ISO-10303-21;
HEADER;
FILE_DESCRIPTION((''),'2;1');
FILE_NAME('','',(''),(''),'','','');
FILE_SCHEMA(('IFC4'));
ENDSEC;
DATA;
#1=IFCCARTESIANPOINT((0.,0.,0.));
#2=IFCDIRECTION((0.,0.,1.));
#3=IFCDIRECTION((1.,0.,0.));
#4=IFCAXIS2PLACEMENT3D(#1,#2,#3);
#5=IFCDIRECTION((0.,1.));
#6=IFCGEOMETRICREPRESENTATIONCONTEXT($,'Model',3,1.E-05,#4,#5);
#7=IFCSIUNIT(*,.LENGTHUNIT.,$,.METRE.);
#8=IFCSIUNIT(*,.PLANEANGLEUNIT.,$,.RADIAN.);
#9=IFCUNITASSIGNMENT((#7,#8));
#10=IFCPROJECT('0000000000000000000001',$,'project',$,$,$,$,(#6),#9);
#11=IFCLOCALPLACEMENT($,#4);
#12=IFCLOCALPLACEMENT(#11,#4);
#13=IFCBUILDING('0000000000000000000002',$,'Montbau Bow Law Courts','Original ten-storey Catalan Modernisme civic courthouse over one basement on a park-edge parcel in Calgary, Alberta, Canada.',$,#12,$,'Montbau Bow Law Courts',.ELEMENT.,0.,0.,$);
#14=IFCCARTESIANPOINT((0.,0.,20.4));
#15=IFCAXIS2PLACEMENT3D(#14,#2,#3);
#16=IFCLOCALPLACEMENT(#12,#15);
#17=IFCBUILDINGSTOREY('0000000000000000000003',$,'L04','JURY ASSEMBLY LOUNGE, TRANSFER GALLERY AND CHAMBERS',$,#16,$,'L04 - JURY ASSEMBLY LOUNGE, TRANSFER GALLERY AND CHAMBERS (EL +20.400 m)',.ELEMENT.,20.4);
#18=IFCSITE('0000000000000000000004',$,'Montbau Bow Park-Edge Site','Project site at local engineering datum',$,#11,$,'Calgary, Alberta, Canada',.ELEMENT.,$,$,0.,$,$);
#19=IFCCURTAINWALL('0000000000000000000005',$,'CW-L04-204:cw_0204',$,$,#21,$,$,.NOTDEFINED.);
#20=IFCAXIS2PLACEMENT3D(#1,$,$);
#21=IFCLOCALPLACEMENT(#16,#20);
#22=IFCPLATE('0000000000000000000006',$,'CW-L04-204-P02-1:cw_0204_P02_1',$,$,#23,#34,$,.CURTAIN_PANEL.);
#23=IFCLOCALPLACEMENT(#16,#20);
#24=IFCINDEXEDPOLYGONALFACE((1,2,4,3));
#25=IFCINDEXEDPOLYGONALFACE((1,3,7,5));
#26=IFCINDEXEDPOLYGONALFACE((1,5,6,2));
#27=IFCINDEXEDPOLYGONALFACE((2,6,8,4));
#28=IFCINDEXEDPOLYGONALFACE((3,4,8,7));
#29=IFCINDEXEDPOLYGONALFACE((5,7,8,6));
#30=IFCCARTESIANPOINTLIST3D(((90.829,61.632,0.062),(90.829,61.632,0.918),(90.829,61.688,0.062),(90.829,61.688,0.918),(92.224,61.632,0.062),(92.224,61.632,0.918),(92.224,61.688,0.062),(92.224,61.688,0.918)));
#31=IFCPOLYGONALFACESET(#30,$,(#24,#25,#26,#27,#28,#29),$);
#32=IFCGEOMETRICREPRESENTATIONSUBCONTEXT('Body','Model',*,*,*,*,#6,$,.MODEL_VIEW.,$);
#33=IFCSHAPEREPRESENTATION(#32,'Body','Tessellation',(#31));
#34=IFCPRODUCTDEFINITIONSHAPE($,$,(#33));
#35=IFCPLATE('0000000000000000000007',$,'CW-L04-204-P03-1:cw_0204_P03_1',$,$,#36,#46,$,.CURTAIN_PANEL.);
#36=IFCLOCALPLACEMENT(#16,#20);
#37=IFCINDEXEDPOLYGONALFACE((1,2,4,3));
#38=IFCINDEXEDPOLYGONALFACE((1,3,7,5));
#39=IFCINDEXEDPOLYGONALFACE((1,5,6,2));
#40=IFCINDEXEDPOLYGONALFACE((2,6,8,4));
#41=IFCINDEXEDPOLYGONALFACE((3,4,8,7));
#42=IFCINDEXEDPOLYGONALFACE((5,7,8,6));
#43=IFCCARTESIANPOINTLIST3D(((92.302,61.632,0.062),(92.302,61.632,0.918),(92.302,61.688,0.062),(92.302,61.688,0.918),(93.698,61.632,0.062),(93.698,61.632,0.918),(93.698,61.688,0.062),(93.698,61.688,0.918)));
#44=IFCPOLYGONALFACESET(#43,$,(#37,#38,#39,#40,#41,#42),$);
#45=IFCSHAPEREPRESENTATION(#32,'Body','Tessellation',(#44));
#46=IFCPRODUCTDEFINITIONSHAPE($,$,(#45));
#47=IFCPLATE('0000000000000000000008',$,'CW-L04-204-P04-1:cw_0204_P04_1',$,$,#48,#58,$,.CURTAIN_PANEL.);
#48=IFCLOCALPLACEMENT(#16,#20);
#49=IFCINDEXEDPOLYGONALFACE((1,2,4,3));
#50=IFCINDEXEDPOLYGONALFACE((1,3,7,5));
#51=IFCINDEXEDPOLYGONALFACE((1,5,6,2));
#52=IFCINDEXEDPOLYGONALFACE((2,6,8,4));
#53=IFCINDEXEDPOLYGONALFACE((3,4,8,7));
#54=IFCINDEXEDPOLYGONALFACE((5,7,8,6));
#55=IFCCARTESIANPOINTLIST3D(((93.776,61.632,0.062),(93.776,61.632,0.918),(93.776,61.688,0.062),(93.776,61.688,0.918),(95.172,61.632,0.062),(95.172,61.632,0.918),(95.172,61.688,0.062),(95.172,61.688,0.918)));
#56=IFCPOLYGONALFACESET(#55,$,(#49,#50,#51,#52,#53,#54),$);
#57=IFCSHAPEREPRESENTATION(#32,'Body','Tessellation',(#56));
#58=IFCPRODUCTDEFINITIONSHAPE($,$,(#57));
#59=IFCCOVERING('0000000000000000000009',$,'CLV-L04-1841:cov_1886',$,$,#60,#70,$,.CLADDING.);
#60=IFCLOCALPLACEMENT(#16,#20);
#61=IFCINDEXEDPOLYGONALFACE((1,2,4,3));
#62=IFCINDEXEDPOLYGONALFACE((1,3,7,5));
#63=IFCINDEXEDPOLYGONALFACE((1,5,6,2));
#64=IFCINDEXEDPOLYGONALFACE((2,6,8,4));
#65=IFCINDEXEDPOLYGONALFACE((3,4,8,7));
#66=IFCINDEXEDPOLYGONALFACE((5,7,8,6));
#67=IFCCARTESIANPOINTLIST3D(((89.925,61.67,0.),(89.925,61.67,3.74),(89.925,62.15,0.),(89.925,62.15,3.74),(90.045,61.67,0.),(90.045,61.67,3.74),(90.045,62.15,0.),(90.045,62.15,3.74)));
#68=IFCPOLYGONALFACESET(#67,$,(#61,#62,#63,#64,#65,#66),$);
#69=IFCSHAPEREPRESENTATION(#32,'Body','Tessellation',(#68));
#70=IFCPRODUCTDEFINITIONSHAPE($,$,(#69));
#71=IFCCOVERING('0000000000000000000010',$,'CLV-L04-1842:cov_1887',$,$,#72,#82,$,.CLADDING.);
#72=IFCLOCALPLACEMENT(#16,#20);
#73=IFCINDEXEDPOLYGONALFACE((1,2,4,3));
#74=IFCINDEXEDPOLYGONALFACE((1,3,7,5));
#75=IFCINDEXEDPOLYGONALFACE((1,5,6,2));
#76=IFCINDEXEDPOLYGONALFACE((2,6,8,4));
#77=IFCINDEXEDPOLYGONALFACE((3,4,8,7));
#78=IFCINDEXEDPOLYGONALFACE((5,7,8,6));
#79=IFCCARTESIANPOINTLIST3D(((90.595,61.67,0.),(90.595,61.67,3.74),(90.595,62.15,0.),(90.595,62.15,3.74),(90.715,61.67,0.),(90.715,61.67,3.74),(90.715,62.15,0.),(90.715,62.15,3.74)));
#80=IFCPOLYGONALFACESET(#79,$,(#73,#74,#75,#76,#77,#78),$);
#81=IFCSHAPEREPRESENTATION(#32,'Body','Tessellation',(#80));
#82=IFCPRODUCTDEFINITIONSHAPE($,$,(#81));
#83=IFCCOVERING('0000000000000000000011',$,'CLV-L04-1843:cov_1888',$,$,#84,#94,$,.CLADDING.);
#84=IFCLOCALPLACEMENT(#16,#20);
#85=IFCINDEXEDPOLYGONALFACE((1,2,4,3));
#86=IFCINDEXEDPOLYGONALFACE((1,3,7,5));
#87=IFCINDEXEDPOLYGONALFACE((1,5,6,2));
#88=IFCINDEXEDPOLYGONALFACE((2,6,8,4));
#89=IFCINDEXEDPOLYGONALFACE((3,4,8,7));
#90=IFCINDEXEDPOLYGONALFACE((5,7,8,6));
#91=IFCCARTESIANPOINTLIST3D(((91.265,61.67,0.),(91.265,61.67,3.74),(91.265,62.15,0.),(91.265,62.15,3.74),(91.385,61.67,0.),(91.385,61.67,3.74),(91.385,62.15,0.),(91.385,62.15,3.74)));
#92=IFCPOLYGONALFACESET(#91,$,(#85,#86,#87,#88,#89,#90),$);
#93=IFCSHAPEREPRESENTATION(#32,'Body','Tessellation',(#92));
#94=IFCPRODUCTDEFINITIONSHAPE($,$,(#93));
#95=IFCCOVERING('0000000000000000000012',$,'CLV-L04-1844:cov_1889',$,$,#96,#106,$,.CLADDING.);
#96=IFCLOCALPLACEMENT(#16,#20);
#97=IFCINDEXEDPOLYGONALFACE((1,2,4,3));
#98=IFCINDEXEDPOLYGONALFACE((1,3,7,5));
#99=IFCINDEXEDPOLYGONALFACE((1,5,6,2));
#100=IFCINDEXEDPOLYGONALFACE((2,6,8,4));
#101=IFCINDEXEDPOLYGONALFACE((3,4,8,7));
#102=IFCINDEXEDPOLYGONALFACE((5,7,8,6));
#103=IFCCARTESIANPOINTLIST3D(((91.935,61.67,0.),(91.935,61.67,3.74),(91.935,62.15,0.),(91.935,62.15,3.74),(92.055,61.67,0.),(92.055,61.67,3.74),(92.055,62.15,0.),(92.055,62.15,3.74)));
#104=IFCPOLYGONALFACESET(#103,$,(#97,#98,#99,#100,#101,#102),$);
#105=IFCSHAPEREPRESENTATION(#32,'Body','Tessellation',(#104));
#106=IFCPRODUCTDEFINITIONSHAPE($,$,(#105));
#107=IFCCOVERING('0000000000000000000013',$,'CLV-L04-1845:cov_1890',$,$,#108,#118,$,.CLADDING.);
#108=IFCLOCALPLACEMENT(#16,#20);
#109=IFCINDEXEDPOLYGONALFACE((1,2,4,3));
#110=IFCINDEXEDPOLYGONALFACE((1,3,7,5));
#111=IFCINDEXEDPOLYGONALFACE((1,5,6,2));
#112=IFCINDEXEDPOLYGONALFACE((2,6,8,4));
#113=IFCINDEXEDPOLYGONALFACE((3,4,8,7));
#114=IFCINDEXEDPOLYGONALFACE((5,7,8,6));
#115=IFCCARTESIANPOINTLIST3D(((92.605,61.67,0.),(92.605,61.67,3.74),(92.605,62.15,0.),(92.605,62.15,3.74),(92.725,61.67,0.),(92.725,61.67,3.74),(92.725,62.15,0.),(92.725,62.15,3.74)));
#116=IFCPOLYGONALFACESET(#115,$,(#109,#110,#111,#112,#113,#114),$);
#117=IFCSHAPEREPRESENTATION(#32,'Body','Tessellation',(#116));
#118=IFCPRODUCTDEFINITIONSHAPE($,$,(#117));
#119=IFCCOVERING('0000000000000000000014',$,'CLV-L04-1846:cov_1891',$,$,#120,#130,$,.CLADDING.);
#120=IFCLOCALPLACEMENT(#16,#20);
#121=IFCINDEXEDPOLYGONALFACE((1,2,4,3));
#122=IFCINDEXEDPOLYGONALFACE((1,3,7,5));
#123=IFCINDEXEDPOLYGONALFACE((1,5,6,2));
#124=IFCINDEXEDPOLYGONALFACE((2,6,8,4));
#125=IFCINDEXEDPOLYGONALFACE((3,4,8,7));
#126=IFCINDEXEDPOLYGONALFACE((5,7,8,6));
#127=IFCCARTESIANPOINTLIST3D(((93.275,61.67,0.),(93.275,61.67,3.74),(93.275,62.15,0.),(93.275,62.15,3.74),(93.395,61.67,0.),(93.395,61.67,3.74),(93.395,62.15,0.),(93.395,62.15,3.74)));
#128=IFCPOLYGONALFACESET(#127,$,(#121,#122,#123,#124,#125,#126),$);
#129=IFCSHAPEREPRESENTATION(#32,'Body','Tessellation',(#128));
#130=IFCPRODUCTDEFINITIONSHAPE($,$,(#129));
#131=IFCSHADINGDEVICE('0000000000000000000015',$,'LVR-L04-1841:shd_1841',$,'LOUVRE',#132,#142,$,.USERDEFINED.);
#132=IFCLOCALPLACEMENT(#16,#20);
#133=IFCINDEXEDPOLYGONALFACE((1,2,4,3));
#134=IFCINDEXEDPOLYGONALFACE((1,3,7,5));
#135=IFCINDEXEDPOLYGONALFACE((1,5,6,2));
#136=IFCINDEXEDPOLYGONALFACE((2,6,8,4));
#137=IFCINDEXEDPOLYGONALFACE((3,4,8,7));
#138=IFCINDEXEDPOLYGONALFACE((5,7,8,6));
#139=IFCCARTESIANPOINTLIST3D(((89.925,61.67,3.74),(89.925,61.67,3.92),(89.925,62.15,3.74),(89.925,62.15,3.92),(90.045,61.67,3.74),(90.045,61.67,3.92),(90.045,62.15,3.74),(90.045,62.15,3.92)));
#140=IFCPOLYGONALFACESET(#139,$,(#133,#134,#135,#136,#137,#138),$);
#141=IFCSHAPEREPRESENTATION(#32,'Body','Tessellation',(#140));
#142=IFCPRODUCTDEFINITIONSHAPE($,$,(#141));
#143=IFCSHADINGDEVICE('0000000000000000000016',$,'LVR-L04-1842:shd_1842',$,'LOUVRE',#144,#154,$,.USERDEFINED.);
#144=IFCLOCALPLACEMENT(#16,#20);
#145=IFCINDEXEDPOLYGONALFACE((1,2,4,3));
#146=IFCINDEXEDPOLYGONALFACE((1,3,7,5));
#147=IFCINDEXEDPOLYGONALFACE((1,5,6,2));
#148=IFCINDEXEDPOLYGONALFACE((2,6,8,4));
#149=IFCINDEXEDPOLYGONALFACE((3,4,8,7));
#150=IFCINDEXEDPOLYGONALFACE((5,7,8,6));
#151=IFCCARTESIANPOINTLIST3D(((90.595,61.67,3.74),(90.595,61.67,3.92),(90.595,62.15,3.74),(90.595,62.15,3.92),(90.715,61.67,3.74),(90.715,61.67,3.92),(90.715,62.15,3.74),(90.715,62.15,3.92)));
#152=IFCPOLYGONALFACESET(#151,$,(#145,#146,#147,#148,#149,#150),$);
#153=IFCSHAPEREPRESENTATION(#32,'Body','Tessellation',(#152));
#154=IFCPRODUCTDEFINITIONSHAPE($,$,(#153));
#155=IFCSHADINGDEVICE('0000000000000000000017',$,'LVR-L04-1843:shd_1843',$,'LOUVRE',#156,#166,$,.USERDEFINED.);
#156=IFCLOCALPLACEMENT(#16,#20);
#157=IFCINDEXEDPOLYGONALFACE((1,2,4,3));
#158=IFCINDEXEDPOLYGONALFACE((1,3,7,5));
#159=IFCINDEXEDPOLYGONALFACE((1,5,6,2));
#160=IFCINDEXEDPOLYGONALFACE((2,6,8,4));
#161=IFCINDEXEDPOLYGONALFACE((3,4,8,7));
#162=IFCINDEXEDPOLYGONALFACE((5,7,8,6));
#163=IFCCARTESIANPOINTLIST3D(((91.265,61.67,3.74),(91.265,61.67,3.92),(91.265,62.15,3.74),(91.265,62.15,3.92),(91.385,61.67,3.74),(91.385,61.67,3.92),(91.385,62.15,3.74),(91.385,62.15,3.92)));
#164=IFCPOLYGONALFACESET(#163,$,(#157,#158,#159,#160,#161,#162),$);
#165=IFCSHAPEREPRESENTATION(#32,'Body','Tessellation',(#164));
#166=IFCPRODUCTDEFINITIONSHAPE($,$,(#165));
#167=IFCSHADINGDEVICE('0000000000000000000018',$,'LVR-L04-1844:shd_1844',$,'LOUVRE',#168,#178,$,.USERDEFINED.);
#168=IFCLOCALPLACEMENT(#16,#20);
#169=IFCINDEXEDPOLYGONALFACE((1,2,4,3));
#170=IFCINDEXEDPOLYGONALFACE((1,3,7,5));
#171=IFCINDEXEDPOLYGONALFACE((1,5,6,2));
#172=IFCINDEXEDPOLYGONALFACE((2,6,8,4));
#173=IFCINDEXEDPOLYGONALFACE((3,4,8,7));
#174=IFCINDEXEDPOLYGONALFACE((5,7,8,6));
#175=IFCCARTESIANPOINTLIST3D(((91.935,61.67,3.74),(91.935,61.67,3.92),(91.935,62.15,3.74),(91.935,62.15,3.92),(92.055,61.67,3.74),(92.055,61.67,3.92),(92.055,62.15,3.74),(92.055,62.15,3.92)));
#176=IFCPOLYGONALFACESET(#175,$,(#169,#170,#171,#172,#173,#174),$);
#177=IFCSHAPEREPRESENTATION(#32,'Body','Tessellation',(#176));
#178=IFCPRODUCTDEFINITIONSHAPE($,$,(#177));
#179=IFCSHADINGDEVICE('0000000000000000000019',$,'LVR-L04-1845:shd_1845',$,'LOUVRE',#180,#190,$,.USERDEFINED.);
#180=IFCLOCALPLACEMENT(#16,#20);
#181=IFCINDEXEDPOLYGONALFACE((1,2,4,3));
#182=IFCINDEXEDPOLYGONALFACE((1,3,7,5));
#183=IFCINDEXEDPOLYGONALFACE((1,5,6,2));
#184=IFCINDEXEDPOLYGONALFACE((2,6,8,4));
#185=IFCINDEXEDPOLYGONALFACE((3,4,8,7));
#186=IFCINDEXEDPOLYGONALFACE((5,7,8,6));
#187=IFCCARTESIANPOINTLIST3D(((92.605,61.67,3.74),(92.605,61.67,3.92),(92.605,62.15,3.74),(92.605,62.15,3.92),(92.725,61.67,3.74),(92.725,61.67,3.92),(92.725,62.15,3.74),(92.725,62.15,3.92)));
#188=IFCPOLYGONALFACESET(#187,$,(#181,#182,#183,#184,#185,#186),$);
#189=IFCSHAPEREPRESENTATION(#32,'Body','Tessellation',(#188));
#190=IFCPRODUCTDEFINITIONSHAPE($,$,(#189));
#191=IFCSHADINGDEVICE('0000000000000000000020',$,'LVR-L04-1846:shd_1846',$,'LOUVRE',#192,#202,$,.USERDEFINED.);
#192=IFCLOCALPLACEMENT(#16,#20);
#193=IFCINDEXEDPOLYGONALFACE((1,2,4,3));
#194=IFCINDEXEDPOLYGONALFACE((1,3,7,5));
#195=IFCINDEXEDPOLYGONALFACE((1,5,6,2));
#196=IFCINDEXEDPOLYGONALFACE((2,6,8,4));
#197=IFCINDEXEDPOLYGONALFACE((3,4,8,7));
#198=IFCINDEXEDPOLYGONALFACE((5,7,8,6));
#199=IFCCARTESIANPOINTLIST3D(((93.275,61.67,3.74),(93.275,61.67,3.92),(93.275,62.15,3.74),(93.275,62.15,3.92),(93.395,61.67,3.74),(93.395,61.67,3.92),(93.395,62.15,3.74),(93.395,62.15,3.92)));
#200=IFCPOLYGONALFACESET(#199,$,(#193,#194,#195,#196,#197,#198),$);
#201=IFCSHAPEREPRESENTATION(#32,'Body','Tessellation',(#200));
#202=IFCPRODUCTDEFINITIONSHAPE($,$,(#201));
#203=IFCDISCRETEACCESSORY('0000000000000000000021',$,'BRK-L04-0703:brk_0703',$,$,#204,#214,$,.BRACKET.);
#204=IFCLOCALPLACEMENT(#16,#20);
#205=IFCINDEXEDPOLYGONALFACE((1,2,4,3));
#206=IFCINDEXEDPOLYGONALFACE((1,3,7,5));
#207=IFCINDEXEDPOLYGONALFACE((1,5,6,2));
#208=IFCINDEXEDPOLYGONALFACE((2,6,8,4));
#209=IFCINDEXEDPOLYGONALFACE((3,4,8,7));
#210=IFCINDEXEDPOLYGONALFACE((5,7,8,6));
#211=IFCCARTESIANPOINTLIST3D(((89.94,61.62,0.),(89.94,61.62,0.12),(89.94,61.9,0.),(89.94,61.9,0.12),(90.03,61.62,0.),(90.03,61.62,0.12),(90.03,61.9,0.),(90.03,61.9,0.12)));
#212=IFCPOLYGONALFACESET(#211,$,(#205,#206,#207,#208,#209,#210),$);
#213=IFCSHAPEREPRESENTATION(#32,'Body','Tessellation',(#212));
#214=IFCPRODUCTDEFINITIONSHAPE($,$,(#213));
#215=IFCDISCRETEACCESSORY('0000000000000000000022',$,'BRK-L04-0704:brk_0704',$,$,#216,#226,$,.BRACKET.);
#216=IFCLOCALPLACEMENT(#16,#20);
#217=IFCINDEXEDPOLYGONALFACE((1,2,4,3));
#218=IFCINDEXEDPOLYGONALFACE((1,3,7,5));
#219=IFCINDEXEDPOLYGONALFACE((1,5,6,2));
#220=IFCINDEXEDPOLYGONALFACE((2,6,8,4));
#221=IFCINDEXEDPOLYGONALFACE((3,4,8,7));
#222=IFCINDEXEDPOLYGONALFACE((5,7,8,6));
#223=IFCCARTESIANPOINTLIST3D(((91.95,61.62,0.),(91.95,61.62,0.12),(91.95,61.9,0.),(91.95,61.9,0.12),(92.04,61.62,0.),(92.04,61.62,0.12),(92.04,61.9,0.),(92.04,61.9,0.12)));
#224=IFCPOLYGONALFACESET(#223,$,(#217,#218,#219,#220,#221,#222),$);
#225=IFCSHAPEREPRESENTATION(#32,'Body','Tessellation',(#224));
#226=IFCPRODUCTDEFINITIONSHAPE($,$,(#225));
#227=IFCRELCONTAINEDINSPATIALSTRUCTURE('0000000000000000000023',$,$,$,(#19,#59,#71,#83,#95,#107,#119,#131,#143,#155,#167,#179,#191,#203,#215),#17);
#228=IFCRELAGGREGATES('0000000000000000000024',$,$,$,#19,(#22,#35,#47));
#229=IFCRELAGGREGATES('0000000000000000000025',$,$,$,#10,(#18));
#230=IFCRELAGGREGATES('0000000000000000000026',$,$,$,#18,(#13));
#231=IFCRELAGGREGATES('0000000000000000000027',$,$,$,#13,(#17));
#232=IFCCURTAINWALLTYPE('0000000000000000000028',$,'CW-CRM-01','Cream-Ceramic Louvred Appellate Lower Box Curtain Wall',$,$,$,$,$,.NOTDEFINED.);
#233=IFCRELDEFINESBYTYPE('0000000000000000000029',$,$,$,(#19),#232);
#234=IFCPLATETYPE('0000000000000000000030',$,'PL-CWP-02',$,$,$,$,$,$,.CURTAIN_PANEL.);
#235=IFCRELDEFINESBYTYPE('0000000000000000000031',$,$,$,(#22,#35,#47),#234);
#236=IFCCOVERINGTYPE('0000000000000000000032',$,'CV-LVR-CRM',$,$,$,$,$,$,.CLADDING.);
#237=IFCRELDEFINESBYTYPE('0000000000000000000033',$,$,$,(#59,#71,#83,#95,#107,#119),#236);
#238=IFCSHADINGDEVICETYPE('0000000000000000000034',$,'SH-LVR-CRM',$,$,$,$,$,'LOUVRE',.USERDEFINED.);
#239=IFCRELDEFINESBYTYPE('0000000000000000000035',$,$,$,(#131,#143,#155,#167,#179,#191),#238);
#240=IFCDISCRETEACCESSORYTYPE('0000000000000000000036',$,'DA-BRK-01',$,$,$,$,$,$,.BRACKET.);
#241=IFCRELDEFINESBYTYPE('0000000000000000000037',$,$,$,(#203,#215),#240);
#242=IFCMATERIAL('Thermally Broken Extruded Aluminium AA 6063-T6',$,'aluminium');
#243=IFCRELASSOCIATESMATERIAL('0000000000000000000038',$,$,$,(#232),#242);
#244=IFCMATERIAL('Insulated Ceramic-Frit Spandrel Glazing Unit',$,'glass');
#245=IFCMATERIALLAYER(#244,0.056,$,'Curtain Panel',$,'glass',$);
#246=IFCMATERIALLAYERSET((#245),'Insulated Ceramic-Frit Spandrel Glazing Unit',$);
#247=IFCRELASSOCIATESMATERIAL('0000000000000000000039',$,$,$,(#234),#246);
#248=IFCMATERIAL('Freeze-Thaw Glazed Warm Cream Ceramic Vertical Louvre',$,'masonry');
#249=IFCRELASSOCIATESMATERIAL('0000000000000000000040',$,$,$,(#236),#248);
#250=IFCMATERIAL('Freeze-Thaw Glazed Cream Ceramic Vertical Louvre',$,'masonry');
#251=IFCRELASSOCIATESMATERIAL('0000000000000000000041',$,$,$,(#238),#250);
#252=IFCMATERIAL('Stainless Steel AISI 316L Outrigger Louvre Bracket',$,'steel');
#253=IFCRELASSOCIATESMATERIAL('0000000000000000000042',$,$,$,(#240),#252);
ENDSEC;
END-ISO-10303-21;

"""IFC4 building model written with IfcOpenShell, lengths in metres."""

from ifc_helpers import new_model, si_unit, direction, frame, frame_2d, origin_with_axes, origin_2d_with_axis, place, context, subcontext, project, spatial, rectangle, extrude, material, layer, layer_set, type_object, element, aggregate, save


model = new_model("IFC4")

# Units and contexts
model_context = context("Model", 3, precision=1e-05, world=origin_with_axes(), true_north=direction((0.0, 1.0)))
body_context = subcontext(model_context, "Body", "Model", "MODEL_VIEW")
ifc_project = project(units=[si_unit("LENGTHUNIT", "METRE"), si_unit("PLANEANGLEUNIT", "RADIAN")], contexts=[model_context])

# Site, building, storey
site_placement = place(None, origin_with_axes())
site = spatial("IfcSite", under=ifc_project, at=site_placement, Name="Montbau Bow Park-Edge Site", Description="Project site at local engineering datum", LongName="Calgary, Alberta, Canada", CompositionType="ELEMENT", RefElevation=0.0)
building_placement = place(site_placement, origin_with_axes())
building = spatial("IfcBuilding", under=site, at=building_placement, Name="Montbau Bow Law Courts", Description="Original ten-storey Catalan Modernisme civic courthouse over one basement on a park-edge parcel in Calgary, Alberta, Canada.", LongName="Montbau Bow Law Courts", CompositionType="ELEMENT", ElevationOfRefHeight=0.0, ElevationOfTerrain=0.0)
storey_placement = place(building_placement, frame((0.0, 0.0, 20.4), z_axis=(0.0, 0.0, 1.0), x_axis=(1.0, 0.0, 0.0)))
storey = spatial("IfcBuildingStorey", under=building, at=storey_placement, Name="L04", Description="JURY ASSEMBLY LOUNGE, TRANSFER GALLERY AND CHAMBERS", LongName="L04 - JURY ASSEMBLY LOUNGE, TRANSFER GALLERY AND CHAMBERS (EL +20.400 m)", CompositionType="ELEMENT", Elevation=20.4)

# Curtain wall, plates
ifc_material_1 = material(Name="Thermally Broken Extruded Aluminium AA 6063-T6", Category="aluminium")
curtain_wall_type = type_object("IfcCurtainWallType", Name="CW-CRM-01", Description="Cream-Ceramic Louvred Appellate Lower Box Curtain Wall", PredefinedType="NOTDEFINED", material=ifc_material_1)
curtain_wall_placement = place(None, frame((89.315, 61.66, 20.4), z_axis=(0.0, 0.0, 1.0), x_axis=(1.0, 0.0, 0.0)))
curtain_wall = element("IfcCurtainWall", 1, at=curtain_wall_placement, inside=storey, type_object=curtain_wall_type, Name="CW-L04-204:cw_0204", PredefinedType="NOTDEFINED")
ifc_material_2 = material(Name="Insulated Ceramic-Frit Spandrel Glazing Unit", Category="glass")
ifc_layer_1 = layer(ifc_material_2, 0.056, Name="Curtain Panel", Category="glass")
ifc_layer_set_1 = layer_set([ifc_layer_1], Name="Insulated Ceramic-Frit Spandrel Glazing Unit")
plate_type_1 = type_object("IfcPlateType", Name="PL-CWP-02", PredefinedType="CURTAIN_PANEL", material=ifc_layer_set_1)
plate_1_placement = place(None, frame((90.829, 61.66, 20.462), z_axis=(0.0, -1.0, 0.0), x_axis=(1.0, 0.0, 0.0)))
plate_1 = element("IfcPlate", 2, at=plate_1_placement, type_object=plate_type_1, Name="CW-L04-204-P02-1:cw_0204_P02_1", PredefinedType="CURTAIN_PANEL", context=body_context, shape_type="SweptSolid", body=[
    extrude(rectangle(XDim=1.395, YDim=0.856, at=frame_2d((0.6975, 0.428), x_axis=(1.0, 0.0))), frame((0.0, 0.0, -0.028), z_axis=(0.0, 0.0, 1.0), x_axis=(1.0, 0.0, 0.0)), (0.0, 0.0, 1.0), 0.056),
])
plate_2_placement = place(None, frame((92.302, 61.66, 20.462), z_axis=(0.0, -1.0, 0.0), x_axis=(1.0, 0.0, 0.0)))
plate_2 = element("IfcPlate", 3, at=plate_2_placement, type_object=plate_type_1, Name="CW-L04-204-P03-1:cw_0204_P03_1", PredefinedType="CURTAIN_PANEL", context=body_context, shape_type="SweptSolid", body=[
    extrude(rectangle(XDim=1.396, YDim=0.856, at=frame_2d((0.698, 0.428), x_axis=(1.0, 0.0))), frame((0.0, 0.0, -0.028), z_axis=(0.0, 0.0, 1.0), x_axis=(1.0, 0.0, 0.0)), (0.0, 0.0, 1.0), 0.056),
])
plate_3_placement = place(None, frame((93.776, 61.66, 20.462), z_axis=(0.0, -1.0, 0.0), x_axis=(1.0, 0.0, 0.0)))
plate_3 = element("IfcPlate", 4, at=plate_3_placement, type_object=plate_type_1, Name="CW-L04-204-P04-1:cw_0204_P04_1", PredefinedType="CURTAIN_PANEL", context=body_context, shape_type="SweptSolid", body=[
    extrude(rectangle(XDim=1.396, YDim=0.856, at=frame_2d((0.698, 0.428), x_axis=(1.0, 0.0))), frame((0.0, 0.0, -0.028), z_axis=(0.0, 0.0, 1.0), x_axis=(1.0, 0.0, 0.0)), (0.0, 0.0, 1.0), 0.056),
])
aggregate(curtain_wall, [plate_1, plate_2, plate_3])

# Coverings
ifc_material_3 = material(Name="Freeze-Thaw Glazed Warm Cream Ceramic Vertical Louvre", Category="masonry")
covering_type = type_object("IfcCoveringType", Name="CV-LVR-CRM", PredefinedType="CLADDING", material=ifc_material_3)
for number, where, z_axis, x_axis, name in (
    (5, (89.985, 61.67, 20.4), (1.0, 0.0, 0.0), (0.0, 1.0, 0.0), "CLV-L04-1841:cov_1886"),
    (6, (90.655, 61.67, 20.4), (1.0, 0.0, 0.0), (0.0, 1.0, 0.0), "CLV-L04-1842:cov_1887"),
    (7, (91.325, 61.67, 20.4), (1.0, 0.0, 0.0), (0.0, 1.0, 0.0), "CLV-L04-1843:cov_1888"),
    (8, (91.995, 61.67, 20.4), (1.0, 0.0, 0.0), (0.0, 1.0, 0.0), "CLV-L04-1844:cov_1889"),
    (9, (92.665, 61.67, 20.4), (1.0, 0.0, 0.0), (0.0, 1.0, 0.0), "CLV-L04-1845:cov_1890"),
    (10, (93.335, 61.67, 20.4), (1.0, 0.0, 0.0), (0.0, 1.0, 0.0), "CLV-L04-1846:cov_1891"),
):
    element("IfcCovering", number, at=place(None, frame(where, z_axis=z_axis, x_axis=x_axis)), inside=storey, type_object=covering_type, Name=name, PredefinedType="CLADDING", context=body_context, shape_type="SweptSolid", body=[
        extrude(rectangle(XDim=0.48, YDim=3.74, at=frame_2d((0.24, 1.87), x_axis=(1.0, 0.0))), frame((0.0, 0.0, -0.06), z_axis=(0.0, 0.0, 1.0), x_axis=(1.0, 0.0, 0.0)), (0.0, 0.0, 1.0), 0.12),
    ])

# Shading devices
ifc_material_4 = material(Name="Freeze-Thaw Glazed Cream Ceramic Vertical Louvre", Category="masonry")
shading_device_type = type_object("IfcShadingDeviceType", Name="SH-LVR-CRM", ElementType="LOUVRE", PredefinedType="USERDEFINED", material=ifc_material_4)
for number, where, z_axis, x_axis, name in (
    (11, (89.985, 61.91, 24.14), (0.0, 0.0, 1.0), (0.0, 1.0, 0.0), "LVR-L04-1841:shd_1841"),
    (12, (90.655, 61.91, 24.14), (0.0, 0.0, 1.0), (0.0, 1.0, 0.0), "LVR-L04-1842:shd_1842"),
    (13, (91.325, 61.91, 24.14), (0.0, 0.0, 1.0), (0.0, 1.0, 0.0), "LVR-L04-1843:shd_1843"),
    (14, (91.995, 61.91, 24.14), (0.0, 0.0, 1.0), (0.0, 1.0, 0.0), "LVR-L04-1844:shd_1844"),
    (15, (92.665, 61.91, 24.14), (0.0, 0.0, 1.0), (0.0, 1.0, 0.0), "LVR-L04-1845:shd_1845"),
    (16, (93.335, 61.91, 24.14), (0.0, 0.0, 1.0), (0.0, 1.0, 0.0), "LVR-L04-1846:shd_1846"),
):
    element("IfcShadingDevice", number, at=place(None, frame(where, z_axis=z_axis, x_axis=x_axis)), inside=storey, type_object=shading_device_type, Name=name, ObjectType="LOUVRE", PredefinedType="USERDEFINED", context=body_context, shape_type="SweptSolid", body=[
        extrude(rectangle(XDim=0.48, YDim=0.12, at=origin_2d_with_axis()), origin_with_axes(), (0.0, 0.0, 1.0), 0.18),
    ])

# Discrete accessories
ifc_material_5 = material(Name="Stainless Steel AISI 316L Outrigger Louvre Bracket", Category="steel")
discrete_accessory_type = type_object("IfcDiscreteAccessoryType", Name="DA-BRK-01", PredefinedType="BRACKET", material=ifc_material_5)
for number, where, z_axis, x_axis, name in (
    (17, (89.985, 61.76, 20.4), (0.0, 0.0, 1.0), (0.0, 1.0, 0.0), "BRK-L04-0703:brk_0703"),
    (18, (91.995, 61.76, 20.4), (0.0, 0.0, 1.0), (0.0, 1.0, 0.0), "BRK-L04-0704:brk_0704"),
):
    element("IfcDiscreteAccessory", number, at=place(None, frame(where, z_axis=z_axis, x_axis=x_axis)), inside=storey, type_object=discrete_accessory_type, Name=name, PredefinedType="BRACKET", context=body_context, shape_type="SweptSolid", body=[
        extrude(rectangle(XDim=0.28, YDim=0.09, at=origin_2d_with_axis()), origin_with_axes(), (0.0, 0.0, 1.0), 0.12),
    ])

save(model, "model.ifc")
